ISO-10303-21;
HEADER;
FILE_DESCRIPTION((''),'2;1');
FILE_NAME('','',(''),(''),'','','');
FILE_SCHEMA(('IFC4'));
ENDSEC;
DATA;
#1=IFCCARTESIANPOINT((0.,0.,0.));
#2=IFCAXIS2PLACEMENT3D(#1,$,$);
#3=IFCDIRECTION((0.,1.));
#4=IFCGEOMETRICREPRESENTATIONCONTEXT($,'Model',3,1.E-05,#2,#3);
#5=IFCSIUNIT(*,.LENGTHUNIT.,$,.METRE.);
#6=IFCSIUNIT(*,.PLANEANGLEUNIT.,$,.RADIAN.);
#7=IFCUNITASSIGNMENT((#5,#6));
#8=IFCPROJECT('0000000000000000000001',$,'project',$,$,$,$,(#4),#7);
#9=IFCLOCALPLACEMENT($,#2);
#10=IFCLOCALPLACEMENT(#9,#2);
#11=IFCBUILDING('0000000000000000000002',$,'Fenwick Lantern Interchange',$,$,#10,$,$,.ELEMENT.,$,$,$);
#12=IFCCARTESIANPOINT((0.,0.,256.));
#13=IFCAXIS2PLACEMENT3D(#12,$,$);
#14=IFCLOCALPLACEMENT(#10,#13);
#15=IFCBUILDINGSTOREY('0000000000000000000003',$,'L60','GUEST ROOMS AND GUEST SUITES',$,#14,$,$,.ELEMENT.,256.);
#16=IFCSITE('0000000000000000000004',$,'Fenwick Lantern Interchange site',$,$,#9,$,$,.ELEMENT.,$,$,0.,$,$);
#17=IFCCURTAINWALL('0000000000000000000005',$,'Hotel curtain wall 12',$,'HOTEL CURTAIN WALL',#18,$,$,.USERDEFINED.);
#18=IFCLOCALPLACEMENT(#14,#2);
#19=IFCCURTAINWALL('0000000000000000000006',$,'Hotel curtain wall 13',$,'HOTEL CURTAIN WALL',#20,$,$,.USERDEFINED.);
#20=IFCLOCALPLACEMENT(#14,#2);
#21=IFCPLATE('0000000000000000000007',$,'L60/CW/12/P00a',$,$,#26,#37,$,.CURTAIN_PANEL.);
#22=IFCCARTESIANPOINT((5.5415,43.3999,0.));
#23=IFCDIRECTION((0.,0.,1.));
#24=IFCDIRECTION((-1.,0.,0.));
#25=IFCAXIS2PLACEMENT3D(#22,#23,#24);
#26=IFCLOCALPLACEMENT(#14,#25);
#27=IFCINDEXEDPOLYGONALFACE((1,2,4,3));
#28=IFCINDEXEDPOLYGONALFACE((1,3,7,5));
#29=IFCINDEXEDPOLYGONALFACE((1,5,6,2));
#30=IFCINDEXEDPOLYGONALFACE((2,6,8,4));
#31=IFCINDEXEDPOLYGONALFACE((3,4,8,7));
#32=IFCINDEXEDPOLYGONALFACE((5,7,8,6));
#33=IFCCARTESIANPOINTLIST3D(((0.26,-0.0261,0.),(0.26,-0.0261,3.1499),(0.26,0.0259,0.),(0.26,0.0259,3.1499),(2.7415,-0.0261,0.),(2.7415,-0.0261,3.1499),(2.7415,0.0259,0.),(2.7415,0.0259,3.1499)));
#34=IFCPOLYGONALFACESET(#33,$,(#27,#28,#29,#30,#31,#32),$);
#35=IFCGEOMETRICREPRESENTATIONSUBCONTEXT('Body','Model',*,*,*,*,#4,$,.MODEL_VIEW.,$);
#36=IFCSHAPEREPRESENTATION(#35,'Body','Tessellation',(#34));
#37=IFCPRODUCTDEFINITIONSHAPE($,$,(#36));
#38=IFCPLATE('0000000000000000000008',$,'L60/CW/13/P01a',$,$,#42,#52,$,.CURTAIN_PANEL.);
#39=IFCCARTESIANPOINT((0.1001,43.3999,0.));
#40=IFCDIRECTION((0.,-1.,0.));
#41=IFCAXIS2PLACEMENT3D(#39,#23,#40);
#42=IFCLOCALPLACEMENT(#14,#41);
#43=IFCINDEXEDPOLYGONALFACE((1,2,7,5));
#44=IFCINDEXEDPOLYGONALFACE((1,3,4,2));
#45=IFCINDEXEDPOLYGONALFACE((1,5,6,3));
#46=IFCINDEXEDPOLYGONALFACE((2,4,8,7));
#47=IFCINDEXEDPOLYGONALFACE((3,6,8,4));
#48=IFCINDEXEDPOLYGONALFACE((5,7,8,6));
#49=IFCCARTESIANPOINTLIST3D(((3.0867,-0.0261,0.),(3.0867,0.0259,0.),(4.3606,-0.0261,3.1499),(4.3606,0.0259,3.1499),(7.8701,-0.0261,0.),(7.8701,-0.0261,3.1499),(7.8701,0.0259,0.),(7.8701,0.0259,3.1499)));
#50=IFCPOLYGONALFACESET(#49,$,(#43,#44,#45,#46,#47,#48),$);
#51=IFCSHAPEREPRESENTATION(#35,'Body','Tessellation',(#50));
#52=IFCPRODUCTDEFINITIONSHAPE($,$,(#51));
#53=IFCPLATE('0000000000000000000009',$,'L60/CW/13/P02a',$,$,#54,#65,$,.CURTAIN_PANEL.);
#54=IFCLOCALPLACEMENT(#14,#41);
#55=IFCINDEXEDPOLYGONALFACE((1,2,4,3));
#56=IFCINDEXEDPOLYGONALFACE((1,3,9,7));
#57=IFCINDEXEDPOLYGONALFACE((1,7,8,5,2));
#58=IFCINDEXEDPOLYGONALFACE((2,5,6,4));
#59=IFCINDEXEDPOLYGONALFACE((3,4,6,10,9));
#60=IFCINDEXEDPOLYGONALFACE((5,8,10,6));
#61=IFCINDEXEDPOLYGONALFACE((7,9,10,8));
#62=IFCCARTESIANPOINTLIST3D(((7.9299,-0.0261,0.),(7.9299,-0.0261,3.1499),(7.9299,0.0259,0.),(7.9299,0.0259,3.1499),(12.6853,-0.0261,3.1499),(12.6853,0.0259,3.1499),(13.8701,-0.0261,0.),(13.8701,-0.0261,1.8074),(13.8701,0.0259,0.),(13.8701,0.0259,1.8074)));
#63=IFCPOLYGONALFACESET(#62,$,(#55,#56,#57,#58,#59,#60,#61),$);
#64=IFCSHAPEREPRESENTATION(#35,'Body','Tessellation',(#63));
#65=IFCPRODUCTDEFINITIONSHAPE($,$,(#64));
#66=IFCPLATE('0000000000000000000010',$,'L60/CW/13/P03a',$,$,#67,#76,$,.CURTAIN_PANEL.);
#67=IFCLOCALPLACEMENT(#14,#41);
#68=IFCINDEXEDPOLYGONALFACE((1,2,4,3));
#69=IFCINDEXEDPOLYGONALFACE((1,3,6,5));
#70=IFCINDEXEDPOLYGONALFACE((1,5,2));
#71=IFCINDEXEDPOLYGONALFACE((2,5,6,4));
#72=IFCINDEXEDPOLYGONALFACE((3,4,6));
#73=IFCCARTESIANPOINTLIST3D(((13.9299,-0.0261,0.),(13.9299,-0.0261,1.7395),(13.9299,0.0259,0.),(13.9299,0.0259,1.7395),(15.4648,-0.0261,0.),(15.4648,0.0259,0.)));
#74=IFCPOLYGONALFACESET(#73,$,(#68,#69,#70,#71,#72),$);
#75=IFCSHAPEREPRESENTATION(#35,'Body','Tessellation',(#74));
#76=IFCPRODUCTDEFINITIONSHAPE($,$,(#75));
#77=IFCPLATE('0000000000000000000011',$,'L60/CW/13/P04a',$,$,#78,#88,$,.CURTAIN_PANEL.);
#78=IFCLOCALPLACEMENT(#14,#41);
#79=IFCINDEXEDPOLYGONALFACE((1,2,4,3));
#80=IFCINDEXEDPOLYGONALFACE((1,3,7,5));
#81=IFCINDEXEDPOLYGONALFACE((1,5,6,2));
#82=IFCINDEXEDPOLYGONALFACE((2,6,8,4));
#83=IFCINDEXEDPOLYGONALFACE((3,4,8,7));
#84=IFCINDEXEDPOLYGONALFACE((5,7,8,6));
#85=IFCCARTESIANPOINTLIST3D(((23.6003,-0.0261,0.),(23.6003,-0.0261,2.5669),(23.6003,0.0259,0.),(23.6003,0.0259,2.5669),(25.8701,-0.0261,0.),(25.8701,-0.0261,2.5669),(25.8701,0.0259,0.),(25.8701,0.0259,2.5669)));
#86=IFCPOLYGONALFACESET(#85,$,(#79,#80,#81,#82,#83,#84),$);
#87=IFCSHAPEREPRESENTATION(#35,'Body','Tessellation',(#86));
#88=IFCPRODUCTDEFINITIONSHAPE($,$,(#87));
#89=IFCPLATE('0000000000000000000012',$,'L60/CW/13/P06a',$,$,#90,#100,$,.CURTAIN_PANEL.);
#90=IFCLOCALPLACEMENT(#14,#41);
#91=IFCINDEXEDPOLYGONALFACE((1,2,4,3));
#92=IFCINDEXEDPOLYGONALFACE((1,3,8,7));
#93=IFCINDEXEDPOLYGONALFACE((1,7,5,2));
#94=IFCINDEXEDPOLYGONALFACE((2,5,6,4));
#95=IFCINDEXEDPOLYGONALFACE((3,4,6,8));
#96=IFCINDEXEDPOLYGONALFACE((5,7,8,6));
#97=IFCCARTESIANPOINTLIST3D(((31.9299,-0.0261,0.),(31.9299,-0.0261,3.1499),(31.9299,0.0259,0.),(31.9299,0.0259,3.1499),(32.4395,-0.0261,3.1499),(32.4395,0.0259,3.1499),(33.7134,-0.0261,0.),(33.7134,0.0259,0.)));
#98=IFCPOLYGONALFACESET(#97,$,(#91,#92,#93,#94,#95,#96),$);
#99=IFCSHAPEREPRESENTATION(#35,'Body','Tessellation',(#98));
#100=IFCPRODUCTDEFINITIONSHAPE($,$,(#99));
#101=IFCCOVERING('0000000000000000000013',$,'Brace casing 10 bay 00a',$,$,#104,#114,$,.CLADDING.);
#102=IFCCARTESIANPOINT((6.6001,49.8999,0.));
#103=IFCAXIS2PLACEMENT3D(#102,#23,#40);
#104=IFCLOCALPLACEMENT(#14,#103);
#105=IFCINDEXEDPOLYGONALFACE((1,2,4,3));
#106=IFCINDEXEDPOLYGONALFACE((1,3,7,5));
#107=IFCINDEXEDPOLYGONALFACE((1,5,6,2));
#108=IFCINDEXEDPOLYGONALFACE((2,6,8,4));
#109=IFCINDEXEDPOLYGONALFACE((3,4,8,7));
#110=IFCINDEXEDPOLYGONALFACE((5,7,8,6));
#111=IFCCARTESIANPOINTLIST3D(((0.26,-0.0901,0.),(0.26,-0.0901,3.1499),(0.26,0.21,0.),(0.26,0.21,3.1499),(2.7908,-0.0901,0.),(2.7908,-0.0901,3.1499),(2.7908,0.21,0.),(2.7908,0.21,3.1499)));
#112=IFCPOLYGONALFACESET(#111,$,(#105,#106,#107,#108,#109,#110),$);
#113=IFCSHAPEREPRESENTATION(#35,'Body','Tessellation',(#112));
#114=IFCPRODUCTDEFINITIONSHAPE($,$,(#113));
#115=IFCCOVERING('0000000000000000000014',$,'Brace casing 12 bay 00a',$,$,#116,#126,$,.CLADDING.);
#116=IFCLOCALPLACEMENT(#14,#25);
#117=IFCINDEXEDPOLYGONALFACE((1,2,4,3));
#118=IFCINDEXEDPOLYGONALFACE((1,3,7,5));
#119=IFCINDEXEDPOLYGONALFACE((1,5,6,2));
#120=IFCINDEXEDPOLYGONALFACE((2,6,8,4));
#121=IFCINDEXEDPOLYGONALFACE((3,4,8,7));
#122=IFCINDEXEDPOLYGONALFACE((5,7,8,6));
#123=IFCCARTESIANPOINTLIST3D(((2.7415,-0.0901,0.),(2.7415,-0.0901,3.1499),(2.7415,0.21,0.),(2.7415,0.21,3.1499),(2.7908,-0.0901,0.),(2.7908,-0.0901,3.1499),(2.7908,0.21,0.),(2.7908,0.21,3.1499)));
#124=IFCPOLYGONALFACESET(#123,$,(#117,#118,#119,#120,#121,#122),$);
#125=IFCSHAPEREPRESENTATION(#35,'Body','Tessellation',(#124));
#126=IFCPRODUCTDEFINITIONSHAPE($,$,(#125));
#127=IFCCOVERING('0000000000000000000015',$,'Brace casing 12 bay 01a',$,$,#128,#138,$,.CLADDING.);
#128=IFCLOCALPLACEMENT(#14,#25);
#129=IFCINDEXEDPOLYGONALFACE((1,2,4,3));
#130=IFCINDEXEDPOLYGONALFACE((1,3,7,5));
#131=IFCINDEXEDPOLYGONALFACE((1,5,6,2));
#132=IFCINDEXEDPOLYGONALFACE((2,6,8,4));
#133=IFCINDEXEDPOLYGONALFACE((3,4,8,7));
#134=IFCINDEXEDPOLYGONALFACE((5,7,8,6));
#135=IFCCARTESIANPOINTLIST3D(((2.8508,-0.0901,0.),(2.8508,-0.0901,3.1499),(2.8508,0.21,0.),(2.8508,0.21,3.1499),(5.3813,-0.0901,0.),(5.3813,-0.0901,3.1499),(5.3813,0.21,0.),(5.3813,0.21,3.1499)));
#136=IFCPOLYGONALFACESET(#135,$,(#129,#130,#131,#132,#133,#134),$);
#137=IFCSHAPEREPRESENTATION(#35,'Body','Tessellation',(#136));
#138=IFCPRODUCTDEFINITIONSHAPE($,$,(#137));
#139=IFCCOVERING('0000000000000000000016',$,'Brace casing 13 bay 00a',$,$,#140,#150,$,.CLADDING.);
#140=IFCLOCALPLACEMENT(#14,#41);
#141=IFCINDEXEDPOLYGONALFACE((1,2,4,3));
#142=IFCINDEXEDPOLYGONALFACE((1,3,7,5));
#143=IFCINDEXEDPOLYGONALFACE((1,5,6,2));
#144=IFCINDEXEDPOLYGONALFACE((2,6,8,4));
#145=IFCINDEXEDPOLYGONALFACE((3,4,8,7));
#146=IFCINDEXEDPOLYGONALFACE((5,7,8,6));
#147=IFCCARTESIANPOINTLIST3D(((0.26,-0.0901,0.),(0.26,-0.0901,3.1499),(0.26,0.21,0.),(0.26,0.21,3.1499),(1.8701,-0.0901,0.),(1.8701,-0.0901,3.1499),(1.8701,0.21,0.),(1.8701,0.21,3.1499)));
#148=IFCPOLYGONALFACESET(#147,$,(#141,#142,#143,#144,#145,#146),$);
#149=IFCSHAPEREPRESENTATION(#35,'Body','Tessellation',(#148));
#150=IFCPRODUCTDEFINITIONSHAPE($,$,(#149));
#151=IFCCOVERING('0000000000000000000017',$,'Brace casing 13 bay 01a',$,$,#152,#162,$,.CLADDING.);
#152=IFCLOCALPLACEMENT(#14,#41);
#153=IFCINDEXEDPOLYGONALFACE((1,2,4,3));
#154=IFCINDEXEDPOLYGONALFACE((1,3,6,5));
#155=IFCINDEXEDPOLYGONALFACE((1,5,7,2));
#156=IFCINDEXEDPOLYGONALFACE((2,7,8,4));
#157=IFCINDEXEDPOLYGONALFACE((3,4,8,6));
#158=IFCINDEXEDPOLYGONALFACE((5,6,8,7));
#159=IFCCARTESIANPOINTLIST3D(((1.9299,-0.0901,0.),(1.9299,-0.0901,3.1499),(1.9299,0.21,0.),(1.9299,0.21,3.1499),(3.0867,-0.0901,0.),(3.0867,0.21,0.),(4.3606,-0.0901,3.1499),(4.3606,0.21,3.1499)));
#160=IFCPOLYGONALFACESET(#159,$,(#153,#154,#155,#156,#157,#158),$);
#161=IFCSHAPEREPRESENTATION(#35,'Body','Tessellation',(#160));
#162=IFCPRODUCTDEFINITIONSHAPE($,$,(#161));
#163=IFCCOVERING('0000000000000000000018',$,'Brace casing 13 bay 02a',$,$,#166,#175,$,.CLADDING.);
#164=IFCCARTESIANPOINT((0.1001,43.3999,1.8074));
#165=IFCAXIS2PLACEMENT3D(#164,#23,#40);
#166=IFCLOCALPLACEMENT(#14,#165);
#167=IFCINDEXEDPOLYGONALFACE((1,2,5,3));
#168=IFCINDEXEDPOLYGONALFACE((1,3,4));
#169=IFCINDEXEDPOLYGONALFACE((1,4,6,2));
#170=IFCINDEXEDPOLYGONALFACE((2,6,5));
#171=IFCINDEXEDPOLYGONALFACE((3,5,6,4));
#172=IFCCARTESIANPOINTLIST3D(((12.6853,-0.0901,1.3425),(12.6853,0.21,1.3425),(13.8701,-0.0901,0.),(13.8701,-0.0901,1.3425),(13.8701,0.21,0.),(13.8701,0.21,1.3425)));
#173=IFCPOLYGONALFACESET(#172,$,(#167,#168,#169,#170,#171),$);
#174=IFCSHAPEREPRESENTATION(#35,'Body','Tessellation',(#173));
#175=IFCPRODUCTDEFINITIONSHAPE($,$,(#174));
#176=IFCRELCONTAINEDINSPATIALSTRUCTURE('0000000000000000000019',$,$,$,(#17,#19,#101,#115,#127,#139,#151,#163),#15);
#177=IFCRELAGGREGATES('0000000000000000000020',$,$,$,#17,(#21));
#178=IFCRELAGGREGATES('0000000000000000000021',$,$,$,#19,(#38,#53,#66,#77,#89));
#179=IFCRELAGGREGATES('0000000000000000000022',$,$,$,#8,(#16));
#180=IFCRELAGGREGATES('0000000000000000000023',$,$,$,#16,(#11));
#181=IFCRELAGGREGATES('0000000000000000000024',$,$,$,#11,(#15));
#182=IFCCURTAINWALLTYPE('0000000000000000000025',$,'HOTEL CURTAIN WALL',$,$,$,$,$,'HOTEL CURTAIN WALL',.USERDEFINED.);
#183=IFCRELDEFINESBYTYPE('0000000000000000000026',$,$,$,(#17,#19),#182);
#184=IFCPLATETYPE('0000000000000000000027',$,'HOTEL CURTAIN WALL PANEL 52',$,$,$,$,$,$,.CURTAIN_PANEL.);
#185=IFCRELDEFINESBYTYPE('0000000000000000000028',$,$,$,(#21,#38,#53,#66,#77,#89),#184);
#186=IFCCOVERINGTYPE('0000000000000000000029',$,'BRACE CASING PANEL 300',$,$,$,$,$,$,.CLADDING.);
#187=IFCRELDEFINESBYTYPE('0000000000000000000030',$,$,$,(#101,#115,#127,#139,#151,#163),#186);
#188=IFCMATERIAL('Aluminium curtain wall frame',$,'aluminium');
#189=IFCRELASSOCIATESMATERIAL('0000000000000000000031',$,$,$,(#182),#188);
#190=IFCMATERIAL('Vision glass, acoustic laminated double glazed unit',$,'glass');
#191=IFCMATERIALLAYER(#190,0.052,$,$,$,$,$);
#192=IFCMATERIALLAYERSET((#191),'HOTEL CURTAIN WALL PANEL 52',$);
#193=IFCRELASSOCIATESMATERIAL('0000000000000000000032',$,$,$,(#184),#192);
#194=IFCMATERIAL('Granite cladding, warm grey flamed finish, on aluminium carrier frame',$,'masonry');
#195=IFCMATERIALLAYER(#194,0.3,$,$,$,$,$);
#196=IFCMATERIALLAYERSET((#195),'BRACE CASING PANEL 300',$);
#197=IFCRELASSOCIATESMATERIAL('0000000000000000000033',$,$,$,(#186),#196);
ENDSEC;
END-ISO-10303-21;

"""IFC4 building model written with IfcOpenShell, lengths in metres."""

from ifc_helpers import new_model, si_unit, direction, frame, origin, place, context, subcontext, project, spatial, polyline, outline, extrude, material, layer, layer_set, type_object, element, aggregate, save


model = new_model("IFC4")

# Units and contexts
model_context = context("Model", 3, precision=1e-05, world=origin(), true_north=direction((0.0, 1.0)))
body_context = subcontext(model_context, "Body", "Model", "MODEL_VIEW")
ifc_project = project(units=[si_unit("LENGTHUNIT", "METRE"), si_unit("PLANEANGLEUNIT", "RADIAN")], contexts=[model_context])

# Site, building, storey
site_placement = place(None, origin())
site = spatial("IfcSite", under=ifc_project, at=site_placement, Name="Fenwick Lantern Interchange site", CompositionType="ELEMENT", RefElevation=0.0)
building_placement = place(site_placement, origin())
building = spatial("IfcBuilding", under=site, at=building_placement, Name="Fenwick Lantern Interchange", CompositionType="ELEMENT")
storey_placement = place(building_placement, frame((0.0, 0.0, 256.0)))
storey = spatial("IfcBuildingStorey", under=building, at=storey_placement, Name="L60", Description="GUEST ROOMS AND GUEST SUITES", CompositionType="ELEMENT", Elevation=256.0)

# Shared definitions
ifc_material_1 = material(Name="Aluminium curtain wall frame", Category="aluminium")
curtain_wall_type = type_object("IfcCurtainWallType", Name="HOTEL CURTAIN WALL", ElementType="HOTEL CURTAIN WALL", PredefinedType="USERDEFINED", material=ifc_material_1)

# Curtain wall
curtain_wall_1_placement = place(storey_placement, origin())
curtain_wall_1 = element("IfcCurtainWall", 1, at=curtain_wall_1_placement, inside=storey, type_object=curtain_wall_type, Name="Hotel curtain wall 12", ObjectType="HOTEL CURTAIN WALL", PredefinedType="USERDEFINED")

# Curtain wall
curtain_wall_2_placement = place(storey_placement, origin())
curtain_wall_2 = element("IfcCurtainWall", 2, at=curtain_wall_2_placement, inside=storey, type_object=curtain_wall_type, Name="Hotel curtain wall 13", ObjectType="HOTEL CURTAIN WALL", PredefinedType="USERDEFINED")

# Plates
ifc_material_2 = material(Name="Vision glass, acoustic laminated double glazed unit", Category="glass")
ifc_layer_1 = layer(ifc_material_2, 0.052)
ifc_layer_set_1 = layer_set([ifc_layer_1], Name="HOTEL CURTAIN WALL PANEL 52")
plate_type = type_object("IfcPlateType", Name="HOTEL CURTAIN WALL PANEL 52", PredefinedType="CURTAIN_PANEL", material=ifc_layer_set_1)
plate_1_placement = place(storey_placement, frame((5.5415, 43.3999, 0.0), z_axis=(0.0, 0.0, 1.0), x_axis=(-1.0, 0.0, 0.0)))
plate_1 = element("IfcPlate", 3, at=plate_1_placement, type_object=plate_type, Name="L60/CW/12/P00a", PredefinedType="CURTAIN_PANEL", context=body_context, shape_type="SweptSolid", body=[
    extrude(outline(polyline([(0.26, 0.0), (2.7415, 0.0), (2.7415, 3.1499), (0.26, 3.1499), (0.26, 0.0)])), frame((0.0, 0.0259, 0.0), z_axis=(0.0, -1.0, 0.0), x_axis=(1.0, 0.0, 0.0)), (0.0, 0.0, 1.0), 0.052),
])
aggregate(curtain_wall_1, [plate_1])
plate_2_placement = place(storey_placement, frame((0.1001, 43.3999, 0.0), z_axis=(0.0, 0.0, 1.0), x_axis=(0.0, -1.0, 0.0)))
plate_2 = element("IfcPlate", 4, at=plate_2_placement, type_object=plate_type, Name="L60/CW/13/P01a", PredefinedType="CURTAIN_PANEL", context=body_context, shape_type="SweptSolid", body=[
    extrude(outline(polyline([(3.0867, 0.0), (7.8701, 0.0), (7.8701, 3.1499), (4.3606, 3.1499), (3.0867, 0.0)])), frame((0.0, 0.0259, 0.0), z_axis=(0.0, -1.0, 0.0), x_axis=(1.0, 0.0, 0.0)), (0.0, 0.0, 1.0), 0.052),
])
plate_3_placement = place(storey_placement, frame((0.1001, 43.3999, 0.0), z_axis=(0.0, 0.0, 1.0), x_axis=(0.0, -1.0, 0.0)))
plate_3 = element("IfcPlate", 5, at=plate_3_placement, type_object=plate_type, Name="L60/CW/13/P02a", PredefinedType="CURTAIN_PANEL", context=body_context, shape_type="SweptSolid", body=[
    extrude(outline(polyline([(7.9299, 0.0), (13.8701, 0.0), (13.8701, 1.8074), (12.6853, 3.1499), (7.9299, 3.1499), (7.9299, 0.0)])), frame((0.0, 0.0259, 0.0), z_axis=(0.0, -1.0, 0.0), x_axis=(1.0, 0.0, 0.0)), (0.0, 0.0, 1.0), 0.052),
])
plate_4_placement = place(storey_placement, frame((0.1001, 43.3999, 0.0), z_axis=(0.0, 0.0, 1.0), x_axis=(0.0, -1.0, 0.0)))
plate_4 = element("IfcPlate", 6, at=plate_4_placement, type_object=plate_type, Name="L60/CW/13/P03a", PredefinedType="CURTAIN_PANEL", context=body_context, shape_type="SweptSolid", body=[
    extrude(outline(polyline([(13.9299, 0.0), (15.4648, 0.0), (13.9299, 1.7395), (13.9299, 0.0)])), frame((0.0, 0.0259, 0.0), z_axis=(0.0, -1.0, 0.0), x_axis=(1.0, 0.0, 0.0)), (0.0, 0.0, 1.0), 0.052),
])
plate_5_placement = place(storey_placement, frame((0.1001, 43.3999, 0.0), z_axis=(0.0, 0.0, 1.0), x_axis=(0.0, -1.0, 0.0)))
plate_5 = element("IfcPlate", 7, at=plate_5_placement, type_object=plate_type, Name="L60/CW/13/P04a", PredefinedType="CURTAIN_PANEL", context=body_context, shape_type="SweptSolid", body=[
    extrude(outline(polyline([(23.6003, 0.0), (25.8701, 0.0), (25.8701, 2.5669), (23.6003, 2.5669), (23.6003, 0.0)])), frame((0.0, 0.0259, 0.0), z_axis=(0.0, -1.0, 0.0), x_axis=(1.0, 0.0, 0.0)), (0.0, 0.0, 1.0), 0.052),
])
plate_6_placement = place(storey_placement, frame((0.1001, 43.3999, 0.0), z_axis=(0.0, 0.0, 1.0), x_axis=(0.0, -1.0, 0.0)))
plate_6 = element("IfcPlate", 8, at=plate_6_placement, type_object=plate_type, Name="L60/CW/13/P06a", PredefinedType="CURTAIN_PANEL", context=body_context, shape_type="SweptSolid", body=[
    extrude(outline(polyline([(31.9299, 0.0), (33.7134, 0.0), (32.4395, 3.1499), (31.9299, 3.1499), (31.9299, 0.0)])), frame((0.0, 0.0259, 0.0), z_axis=(0.0, -1.0, 0.0), x_axis=(1.0, 0.0, 0.0)), (0.0, 0.0, 1.0), 0.052),
])
aggregate(curtain_wall_2, [plate_2, plate_3, plate_4, plate_5, plate_6])

# Coverings
ifc_material_3 = material(Name="Granite cladding, warm grey flamed finish, on aluminium carrier frame", Category="masonry")
ifc_layer_2 = layer(ifc_material_3, 0.3)
ifc_layer_set_2 = layer_set([ifc_layer_2], Name="BRACE CASING PANEL 300")
covering_type = type_object("IfcCoveringType", Name="BRACE CASING PANEL 300", PredefinedType="CLADDING", material=ifc_layer_set_2)
covering_1_placement = place(storey_placement, frame((6.6001, 49.8999, 0.0), z_axis=(0.0, 0.0, 1.0), x_axis=(0.0, -1.0, 0.0)))
element("IfcCovering", 9, at=covering_1_placement, inside=storey, type_object=covering_type, Name="Brace casing 10 bay 00a", PredefinedType="CLADDING", context=body_context, shape_type="SweptSolid", body=[
    extrude(outline(polyline([(0.26, 0.0), (2.7908, 0.0), (2.7908, 3.1499), (0.26, 3.1499), (0.26, 0.0)])), frame((0.0, 0.21, 0.0), z_axis=(0.0, -1.0, 0.0), x_axis=(1.0, 0.0, 0.0)), (0.0, 0.0, 1.0), 0.3),
])
covering_2_placement = place(storey_placement, frame((5.5415, 43.3999, 0.0), z_axis=(0.0, 0.0, 1.0), x_axis=(-1.0, 0.0, 0.0)))
element("IfcCovering", 10, at=covering_2_placement, inside=storey, type_object=covering_type, Name="Brace casing 12 bay 00a", PredefinedType="CLADDING", context=body_context, shape_type="SweptSolid", body=[
    extrude(outline(polyline([(2.7415, 0.0), (2.7908, 0.0), (2.7908, 3.1499), (2.7415, 3.1499), (2.7415, 0.0)])), frame((0.0, 0.21, 0.0), z_axis=(0.0, -1.0, 0.0), x_axis=(1.0, 0.0, 0.0)), (0.0, 0.0, 1.0), 0.3),
])
covering_3_placement = place(storey_placement, frame((5.5415, 43.3999, 0.0), z_axis=(0.0, 0.0, 1.0), x_axis=(-1.0, 0.0, 0.0)))
element("IfcCovering", 11, at=covering_3_placement, inside=storey, type_object=covering_type, Name="Brace casing 12 bay 01a", PredefinedType="CLADDING", context=body_context, shape_type="SweptSolid", body=[
    extrude(outline(polyline([(2.8508, 0.0), (5.3813, 0.0), (5.3813, 3.1499), (2.8508, 3.1499), (2.8508, 0.0)])), frame((0.0, 0.21, 0.0), z_axis=(0.0, -1.0, 0.0), x_axis=(1.0, 0.0, 0.0)), (0.0, 0.0, 1.0), 0.3),
])
covering_4_placement = place(storey_placement, frame((0.1001, 43.3999, 0.0), z_axis=(0.0, 0.0, 1.0), x_axis=(0.0, -1.0, 0.0)))
element("IfcCovering", 12, at=covering_4_placement, inside=storey, type_object=covering_type, Name="Brace casing 13 bay 00a", PredefinedType="CLADDING", context=body_context, shape_type="SweptSolid", body=[
    extrude(outline(polyline([(0.26, 0.0), (1.8701, 0.0), (1.8701, 3.1499), (0.26, 3.1499), (0.26, 0.0)])), frame((0.0, 0.21, 0.0), z_axis=(0.0, -1.0, 0.0), x_axis=(1.0, 0.0, 0.0)), (0.0, 0.0, 1.0), 0.3),
])
covering_5_placement = place(storey_placement, frame((0.1001, 43.3999, 0.0), z_axis=(0.0, 0.0, 1.0), x_axis=(0.0, -1.0, 0.0)))
element("IfcCovering", 13, at=covering_5_placement, inside=storey, type_object=covering_type, Name="Brace casing 13 bay 01a", PredefinedType="CLADDING", context=body_context, shape_type="SweptSolid", body=[
    extrude(outline(polyline([(1.9299, 0.0), (3.0867, 0.0), (4.3606, 3.1499), (1.9299, 3.1499), (1.9299, 0.0)])), frame((0.0, 0.21, 0.0), z_axis=(0.0, -1.0, 0.0), x_axis=(1.0, 0.0, 0.0)), (0.0, 0.0, 1.0), 0.3),
])
covering_6_placement = place(storey_placement, frame((0.1001, 43.3999, 1.8074), z_axis=(0.0, 0.0, 1.0), x_axis=(0.0, -1.0, 0.0)))
element("IfcCovering", 14, at=covering_6_placement, inside=storey, type_object=covering_type, Name="Brace casing 13 bay 02a", PredefinedType="CLADDING", context=body_context, shape_type="SweptSolid", body=[
    extrude(outline(polyline([(13.8701, 0.0), (13.8701, 1.3425), (12.6853, 1.3425), (13.8701, 0.0)])), frame((0.0, 0.21, 0.0), z_axis=(0.0, -1.0, 0.0), x_axis=(1.0, 0.0, 0.0)), (0.0, 0.0, 1.0), 0.3),
])

save(model, "model.ifc")
